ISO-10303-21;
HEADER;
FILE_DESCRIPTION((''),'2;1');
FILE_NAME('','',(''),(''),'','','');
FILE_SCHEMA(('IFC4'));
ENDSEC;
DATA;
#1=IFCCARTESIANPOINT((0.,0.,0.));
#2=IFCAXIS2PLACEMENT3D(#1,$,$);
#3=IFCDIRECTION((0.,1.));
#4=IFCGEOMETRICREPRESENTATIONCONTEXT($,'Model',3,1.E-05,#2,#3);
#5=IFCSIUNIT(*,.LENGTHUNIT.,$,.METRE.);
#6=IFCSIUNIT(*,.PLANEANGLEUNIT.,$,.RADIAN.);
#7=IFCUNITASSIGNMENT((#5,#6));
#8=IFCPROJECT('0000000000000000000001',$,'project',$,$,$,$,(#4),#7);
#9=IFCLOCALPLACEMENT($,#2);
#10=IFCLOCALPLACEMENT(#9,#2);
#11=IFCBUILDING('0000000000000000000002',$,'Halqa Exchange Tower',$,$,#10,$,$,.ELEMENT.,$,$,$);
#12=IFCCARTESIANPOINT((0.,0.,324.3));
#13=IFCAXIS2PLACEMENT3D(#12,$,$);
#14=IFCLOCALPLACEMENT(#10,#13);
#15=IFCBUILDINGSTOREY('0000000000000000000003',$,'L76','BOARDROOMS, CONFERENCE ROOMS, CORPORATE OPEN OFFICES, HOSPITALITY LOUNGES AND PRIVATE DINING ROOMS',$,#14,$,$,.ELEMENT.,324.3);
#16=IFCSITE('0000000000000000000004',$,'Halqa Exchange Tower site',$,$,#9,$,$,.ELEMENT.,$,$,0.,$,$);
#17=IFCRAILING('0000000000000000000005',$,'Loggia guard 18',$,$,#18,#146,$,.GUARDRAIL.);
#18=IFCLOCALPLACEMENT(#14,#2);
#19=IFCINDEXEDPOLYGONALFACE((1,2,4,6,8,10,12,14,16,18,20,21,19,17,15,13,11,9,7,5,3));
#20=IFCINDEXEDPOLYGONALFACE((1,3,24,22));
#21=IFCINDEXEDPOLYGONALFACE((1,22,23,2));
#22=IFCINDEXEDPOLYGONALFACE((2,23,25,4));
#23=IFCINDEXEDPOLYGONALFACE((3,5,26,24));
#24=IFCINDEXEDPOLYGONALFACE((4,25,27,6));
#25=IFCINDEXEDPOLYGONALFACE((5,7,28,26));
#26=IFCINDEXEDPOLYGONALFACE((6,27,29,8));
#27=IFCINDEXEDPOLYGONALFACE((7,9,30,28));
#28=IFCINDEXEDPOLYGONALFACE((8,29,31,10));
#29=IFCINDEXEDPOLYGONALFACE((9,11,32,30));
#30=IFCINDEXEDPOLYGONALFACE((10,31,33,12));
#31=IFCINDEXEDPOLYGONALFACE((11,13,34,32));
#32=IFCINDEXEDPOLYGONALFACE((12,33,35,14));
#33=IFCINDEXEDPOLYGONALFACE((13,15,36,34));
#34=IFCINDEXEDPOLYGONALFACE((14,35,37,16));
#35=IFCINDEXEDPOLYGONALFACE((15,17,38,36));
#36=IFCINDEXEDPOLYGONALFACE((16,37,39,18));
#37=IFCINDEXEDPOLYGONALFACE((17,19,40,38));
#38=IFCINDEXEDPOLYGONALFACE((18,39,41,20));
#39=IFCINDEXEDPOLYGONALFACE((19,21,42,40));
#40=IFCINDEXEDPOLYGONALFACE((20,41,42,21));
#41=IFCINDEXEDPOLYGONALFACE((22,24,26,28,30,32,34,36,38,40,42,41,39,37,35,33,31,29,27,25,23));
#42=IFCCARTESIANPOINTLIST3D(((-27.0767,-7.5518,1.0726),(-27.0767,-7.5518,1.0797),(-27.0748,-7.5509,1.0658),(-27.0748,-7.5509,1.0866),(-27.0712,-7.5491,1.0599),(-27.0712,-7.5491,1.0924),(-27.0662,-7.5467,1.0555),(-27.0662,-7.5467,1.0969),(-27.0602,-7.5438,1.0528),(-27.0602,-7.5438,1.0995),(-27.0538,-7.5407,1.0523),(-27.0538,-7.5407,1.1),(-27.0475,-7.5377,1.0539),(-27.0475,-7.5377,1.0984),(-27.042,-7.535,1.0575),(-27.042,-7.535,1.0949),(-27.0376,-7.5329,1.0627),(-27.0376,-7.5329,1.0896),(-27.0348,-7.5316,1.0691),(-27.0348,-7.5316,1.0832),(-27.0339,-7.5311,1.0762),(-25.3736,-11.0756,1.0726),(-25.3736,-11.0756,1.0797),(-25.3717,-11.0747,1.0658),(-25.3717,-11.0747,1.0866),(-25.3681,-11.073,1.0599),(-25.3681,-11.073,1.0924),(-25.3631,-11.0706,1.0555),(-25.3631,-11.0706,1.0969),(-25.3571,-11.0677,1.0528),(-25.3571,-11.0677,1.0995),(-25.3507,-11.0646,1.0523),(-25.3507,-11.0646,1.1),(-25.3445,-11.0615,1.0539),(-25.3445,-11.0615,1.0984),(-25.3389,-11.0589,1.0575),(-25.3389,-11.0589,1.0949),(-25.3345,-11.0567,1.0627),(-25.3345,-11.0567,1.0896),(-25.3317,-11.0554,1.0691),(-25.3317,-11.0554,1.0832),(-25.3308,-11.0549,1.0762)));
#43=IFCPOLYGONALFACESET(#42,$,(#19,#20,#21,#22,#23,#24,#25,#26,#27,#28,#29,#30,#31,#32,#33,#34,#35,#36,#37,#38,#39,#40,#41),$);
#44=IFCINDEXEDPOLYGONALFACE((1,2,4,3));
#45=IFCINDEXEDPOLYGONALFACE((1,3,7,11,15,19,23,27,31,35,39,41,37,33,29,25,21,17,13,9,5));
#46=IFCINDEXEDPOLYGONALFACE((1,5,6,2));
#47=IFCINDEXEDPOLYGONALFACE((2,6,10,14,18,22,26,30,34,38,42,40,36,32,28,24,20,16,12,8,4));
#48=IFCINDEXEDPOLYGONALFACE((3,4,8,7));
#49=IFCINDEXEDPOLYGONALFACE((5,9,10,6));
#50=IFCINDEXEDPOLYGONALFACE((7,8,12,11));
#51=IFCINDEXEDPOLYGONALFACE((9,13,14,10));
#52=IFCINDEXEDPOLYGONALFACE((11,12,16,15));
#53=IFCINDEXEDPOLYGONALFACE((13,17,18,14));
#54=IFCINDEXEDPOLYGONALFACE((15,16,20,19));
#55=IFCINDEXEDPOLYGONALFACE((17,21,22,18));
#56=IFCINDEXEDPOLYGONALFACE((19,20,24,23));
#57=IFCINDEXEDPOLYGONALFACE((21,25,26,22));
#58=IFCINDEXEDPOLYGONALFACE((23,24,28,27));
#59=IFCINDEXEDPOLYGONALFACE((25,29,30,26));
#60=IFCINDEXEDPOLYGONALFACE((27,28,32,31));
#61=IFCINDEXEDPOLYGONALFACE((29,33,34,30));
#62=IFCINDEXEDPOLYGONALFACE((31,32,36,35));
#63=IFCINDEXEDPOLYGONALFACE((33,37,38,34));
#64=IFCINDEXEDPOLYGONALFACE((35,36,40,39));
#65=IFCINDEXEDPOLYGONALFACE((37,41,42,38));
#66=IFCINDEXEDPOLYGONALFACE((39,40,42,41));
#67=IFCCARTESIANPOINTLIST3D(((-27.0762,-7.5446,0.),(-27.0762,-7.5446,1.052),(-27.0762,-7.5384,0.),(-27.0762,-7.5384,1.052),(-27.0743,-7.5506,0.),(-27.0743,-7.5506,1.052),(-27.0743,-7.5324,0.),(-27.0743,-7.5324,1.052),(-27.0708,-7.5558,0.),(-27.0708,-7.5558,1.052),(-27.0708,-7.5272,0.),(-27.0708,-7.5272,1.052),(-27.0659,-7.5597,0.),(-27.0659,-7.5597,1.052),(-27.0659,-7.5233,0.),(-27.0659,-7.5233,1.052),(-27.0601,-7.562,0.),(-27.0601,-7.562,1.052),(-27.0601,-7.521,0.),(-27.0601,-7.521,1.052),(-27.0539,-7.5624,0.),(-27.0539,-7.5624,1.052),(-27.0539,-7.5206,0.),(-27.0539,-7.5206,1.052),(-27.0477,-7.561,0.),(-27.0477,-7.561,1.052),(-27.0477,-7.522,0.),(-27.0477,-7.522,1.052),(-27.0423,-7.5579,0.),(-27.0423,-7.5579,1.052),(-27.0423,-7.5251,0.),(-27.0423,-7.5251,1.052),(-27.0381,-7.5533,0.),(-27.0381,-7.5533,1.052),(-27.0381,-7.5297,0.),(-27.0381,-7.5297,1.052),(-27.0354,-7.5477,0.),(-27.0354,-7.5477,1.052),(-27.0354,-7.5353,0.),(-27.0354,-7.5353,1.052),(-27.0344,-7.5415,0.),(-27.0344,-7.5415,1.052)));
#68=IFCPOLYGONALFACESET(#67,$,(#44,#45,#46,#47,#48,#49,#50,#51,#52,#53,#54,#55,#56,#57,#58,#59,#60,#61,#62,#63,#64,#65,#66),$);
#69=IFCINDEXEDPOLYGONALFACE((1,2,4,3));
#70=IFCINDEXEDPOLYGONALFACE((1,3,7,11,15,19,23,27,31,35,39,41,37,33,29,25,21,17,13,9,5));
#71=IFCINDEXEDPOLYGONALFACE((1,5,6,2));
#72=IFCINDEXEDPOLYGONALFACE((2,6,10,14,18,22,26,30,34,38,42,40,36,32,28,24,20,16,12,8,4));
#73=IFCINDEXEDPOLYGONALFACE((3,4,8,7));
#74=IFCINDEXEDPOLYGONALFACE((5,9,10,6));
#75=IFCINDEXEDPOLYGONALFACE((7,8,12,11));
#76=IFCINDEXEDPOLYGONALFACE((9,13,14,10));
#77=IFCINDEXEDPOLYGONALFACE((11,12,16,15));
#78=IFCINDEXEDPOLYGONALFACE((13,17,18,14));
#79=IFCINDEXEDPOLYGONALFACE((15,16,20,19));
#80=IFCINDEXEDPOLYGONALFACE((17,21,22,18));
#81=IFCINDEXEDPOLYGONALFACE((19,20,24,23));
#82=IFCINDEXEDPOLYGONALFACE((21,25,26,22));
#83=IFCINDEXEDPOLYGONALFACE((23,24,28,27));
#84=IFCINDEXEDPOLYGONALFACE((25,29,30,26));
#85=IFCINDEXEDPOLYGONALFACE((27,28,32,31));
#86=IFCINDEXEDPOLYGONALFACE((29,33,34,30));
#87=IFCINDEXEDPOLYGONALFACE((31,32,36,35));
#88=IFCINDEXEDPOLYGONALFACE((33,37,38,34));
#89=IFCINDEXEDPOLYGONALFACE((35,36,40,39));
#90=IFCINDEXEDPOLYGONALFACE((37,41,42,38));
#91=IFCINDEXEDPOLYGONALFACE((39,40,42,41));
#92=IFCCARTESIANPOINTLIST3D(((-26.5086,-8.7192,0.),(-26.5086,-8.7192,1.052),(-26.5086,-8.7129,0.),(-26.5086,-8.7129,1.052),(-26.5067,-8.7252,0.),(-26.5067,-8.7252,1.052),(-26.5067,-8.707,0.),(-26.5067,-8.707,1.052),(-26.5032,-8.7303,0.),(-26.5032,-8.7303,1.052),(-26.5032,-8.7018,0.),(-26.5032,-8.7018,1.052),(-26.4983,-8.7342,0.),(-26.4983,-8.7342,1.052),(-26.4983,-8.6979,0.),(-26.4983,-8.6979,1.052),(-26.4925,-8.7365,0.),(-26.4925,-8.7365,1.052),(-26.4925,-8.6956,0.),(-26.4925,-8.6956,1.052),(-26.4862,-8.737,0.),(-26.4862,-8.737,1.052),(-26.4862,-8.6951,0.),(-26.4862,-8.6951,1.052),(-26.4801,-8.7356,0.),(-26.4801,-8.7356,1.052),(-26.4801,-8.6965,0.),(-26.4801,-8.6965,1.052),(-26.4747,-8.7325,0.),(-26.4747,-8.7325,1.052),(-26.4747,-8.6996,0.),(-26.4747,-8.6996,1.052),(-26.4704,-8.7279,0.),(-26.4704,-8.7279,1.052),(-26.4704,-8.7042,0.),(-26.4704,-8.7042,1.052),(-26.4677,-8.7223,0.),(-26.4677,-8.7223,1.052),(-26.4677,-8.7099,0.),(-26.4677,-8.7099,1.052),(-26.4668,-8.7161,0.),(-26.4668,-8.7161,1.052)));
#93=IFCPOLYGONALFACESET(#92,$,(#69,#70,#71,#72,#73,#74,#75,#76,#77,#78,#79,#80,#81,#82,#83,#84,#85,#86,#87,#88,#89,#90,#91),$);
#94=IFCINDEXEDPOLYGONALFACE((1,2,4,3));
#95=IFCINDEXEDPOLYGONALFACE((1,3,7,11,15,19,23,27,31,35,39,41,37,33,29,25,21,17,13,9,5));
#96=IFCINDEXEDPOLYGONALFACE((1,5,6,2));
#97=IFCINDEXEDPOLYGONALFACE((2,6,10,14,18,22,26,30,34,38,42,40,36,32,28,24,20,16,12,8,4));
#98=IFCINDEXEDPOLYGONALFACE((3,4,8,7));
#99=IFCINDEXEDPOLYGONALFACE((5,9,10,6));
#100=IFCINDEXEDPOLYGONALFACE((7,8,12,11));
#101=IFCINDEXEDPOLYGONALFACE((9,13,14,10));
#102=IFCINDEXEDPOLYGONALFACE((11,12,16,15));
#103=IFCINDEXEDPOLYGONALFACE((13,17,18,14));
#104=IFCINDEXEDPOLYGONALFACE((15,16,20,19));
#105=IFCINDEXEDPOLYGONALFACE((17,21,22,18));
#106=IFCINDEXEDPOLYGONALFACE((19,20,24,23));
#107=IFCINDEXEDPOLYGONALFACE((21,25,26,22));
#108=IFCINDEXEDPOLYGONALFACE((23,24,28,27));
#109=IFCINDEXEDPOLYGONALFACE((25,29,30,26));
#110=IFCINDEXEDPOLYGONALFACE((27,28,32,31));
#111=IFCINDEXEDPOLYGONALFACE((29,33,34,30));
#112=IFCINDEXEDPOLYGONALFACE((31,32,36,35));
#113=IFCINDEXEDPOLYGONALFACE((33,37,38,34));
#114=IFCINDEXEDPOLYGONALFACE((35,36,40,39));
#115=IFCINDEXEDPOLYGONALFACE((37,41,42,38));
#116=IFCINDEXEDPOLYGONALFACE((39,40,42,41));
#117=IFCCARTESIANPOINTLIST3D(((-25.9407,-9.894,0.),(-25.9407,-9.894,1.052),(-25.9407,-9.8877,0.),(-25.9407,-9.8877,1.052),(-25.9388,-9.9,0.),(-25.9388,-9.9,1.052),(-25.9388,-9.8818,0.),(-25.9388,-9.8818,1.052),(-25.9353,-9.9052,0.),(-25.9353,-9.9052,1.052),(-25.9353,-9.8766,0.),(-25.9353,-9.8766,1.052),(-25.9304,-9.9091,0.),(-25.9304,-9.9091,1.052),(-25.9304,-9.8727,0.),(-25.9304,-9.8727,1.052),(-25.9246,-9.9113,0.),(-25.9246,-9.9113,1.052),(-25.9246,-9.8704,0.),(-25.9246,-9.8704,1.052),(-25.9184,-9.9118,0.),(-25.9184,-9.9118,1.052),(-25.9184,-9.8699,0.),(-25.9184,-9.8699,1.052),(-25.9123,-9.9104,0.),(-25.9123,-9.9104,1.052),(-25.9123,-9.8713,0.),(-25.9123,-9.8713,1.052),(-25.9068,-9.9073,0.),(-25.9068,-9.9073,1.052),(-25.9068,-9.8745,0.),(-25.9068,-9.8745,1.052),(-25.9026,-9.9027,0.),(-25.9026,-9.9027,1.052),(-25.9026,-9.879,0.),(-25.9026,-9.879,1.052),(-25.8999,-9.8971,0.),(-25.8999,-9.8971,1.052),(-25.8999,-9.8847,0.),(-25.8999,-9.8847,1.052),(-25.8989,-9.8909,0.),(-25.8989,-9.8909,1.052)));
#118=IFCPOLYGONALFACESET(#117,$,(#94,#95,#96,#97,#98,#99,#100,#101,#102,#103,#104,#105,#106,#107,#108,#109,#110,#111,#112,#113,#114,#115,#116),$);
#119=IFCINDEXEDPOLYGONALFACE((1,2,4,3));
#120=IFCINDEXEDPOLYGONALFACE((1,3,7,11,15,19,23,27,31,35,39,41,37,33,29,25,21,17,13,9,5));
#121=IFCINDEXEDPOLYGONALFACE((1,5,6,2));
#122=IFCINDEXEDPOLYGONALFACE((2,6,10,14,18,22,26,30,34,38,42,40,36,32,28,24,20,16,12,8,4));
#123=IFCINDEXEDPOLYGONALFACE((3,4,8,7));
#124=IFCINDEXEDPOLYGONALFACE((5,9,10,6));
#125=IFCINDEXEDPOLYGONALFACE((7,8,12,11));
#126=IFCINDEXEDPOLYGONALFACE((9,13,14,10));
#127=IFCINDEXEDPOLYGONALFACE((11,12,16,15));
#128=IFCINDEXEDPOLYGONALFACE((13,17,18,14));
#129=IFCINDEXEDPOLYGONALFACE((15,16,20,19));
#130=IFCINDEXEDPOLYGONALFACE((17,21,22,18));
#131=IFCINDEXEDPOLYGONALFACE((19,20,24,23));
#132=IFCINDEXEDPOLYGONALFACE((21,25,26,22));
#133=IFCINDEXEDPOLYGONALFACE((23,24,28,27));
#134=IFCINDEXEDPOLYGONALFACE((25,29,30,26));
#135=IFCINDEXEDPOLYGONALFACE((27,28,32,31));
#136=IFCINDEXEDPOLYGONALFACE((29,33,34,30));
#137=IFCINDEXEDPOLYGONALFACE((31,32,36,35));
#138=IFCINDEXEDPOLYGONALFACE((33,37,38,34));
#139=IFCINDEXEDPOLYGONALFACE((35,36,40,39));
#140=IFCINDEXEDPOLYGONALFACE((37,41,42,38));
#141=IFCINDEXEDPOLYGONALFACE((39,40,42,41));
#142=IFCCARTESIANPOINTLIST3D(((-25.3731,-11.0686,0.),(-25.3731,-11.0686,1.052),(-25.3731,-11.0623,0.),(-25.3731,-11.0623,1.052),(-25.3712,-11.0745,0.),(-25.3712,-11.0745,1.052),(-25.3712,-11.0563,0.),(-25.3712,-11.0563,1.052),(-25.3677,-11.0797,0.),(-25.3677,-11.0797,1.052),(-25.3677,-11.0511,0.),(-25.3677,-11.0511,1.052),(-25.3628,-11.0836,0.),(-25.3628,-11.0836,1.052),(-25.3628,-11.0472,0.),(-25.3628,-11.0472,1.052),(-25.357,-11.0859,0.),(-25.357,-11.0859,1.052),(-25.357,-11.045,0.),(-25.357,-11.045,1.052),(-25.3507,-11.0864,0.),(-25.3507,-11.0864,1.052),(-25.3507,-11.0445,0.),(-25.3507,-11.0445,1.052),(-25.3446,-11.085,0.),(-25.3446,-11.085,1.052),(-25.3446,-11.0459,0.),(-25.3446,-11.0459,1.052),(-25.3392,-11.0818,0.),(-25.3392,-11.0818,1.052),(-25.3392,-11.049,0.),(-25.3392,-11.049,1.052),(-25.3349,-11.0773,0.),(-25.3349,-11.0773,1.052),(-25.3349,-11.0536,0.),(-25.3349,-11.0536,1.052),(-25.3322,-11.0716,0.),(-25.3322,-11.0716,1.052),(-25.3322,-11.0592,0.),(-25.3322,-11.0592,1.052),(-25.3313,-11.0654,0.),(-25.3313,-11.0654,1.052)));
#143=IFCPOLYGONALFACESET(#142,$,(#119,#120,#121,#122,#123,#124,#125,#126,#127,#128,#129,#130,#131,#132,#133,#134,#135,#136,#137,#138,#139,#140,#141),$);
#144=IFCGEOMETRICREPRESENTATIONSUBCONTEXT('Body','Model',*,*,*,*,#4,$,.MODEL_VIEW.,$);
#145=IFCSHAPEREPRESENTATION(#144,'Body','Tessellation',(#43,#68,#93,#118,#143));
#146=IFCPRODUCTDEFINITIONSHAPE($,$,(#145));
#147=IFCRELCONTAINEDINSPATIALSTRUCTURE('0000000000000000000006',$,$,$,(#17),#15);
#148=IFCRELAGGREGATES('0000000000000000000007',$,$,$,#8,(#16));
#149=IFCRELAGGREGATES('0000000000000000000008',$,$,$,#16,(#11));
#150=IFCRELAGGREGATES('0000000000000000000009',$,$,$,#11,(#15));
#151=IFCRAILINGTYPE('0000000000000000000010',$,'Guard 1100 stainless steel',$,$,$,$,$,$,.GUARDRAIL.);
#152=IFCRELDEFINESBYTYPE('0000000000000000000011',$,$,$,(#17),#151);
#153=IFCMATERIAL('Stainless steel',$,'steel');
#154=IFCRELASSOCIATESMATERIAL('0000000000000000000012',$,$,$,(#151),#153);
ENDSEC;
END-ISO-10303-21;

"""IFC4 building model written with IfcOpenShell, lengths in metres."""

from ifc_helpers import new_model, si_unit, direction, frame, origin, origin_2d, place, context, subcontext, project, spatial, circle, extrude, material, type_object, element, save


model = new_model("IFC4")

# Units and contexts
model_context = context("Model", 3, precision=1e-05, world=origin(), true_north=direction((0.0, 1.0)))
body_context = subcontext(model_context, "Body", "Model", "MODEL_VIEW")
ifc_project = project(units=[si_unit("LENGTHUNIT", "METRE"), si_unit("PLANEANGLEUNIT", "RADIAN")], contexts=[model_context])

# Site, building, storey
site_placement = place(None, origin())
site = spatial("IfcSite", under=ifc_project, at=site_placement, Name="Halqa Exchange Tower site", CompositionType="ELEMENT", RefElevation=0.0)
building_placement = place(site_placement, origin())
building = spatial("IfcBuilding", under=site, at=building_placement, Name="Halqa Exchange Tower", CompositionType="ELEMENT")
storey_placement = place(building_placement, frame((0.0, 0.0, 324.3)))
storey = spatial("IfcBuildingStorey", under=building, at=storey_placement, Name="L76", Description="BOARDROOMS, CONFERENCE ROOMS, CORPORATE OPEN OFFICES, HOSPITALITY LOUNGES AND PRIVATE DINING ROOMS", CompositionType="ELEMENT", Elevation=324.3)

# Railing
ifc_material_1 = material(Name="Stainless steel", Category="steel")
railing_type = type_object("IfcRailingType", Name="Guard 1100 stainless steel", PredefinedType="GUARDRAIL", material=ifc_material_1)
railing_1_placement = place(storey_placement, frame((-27.0554, -7.5415, 0.0)))
element("IfcRailing", 1, at=railing_1_placement, inside=storey, type_object=railing_type, Name="Loggia guard 18", PredefinedType="GUARDRAIL", context=body_context, shape_type="SweptSolid", body=[
    extrude(circle(Radius=0.0239, at=origin_2d()), frame((0.0, 0.0, 1.0762), z_axis=(0.435147, -0.90036, 0.0), x_axis=(0.90036, 0.435147, 0.0)), (0.0, 0.0, 1.0), 3.9138),
    extrude(circle(Radius=0.021, at=origin_2d()), origin(), (0.0, 0.0, 1.0), 1.052),
    extrude(circle(Radius=0.021, at=origin_2d()), frame((0.5676, -1.1746, 0.0)), (0.0, 0.0, 1.0), 1.052),
    extrude(circle(Radius=0.021, at=origin_2d()), frame((1.1355, -2.3494, 0.0)), (0.0, 0.0, 1.0), 1.052),
    extrude(circle(Radius=0.021, at=origin_2d()), frame((1.7031, -3.5239, 0.0)), (0.0, 0.0, 1.0), 1.052),
])

save(model, "model.ifc")
